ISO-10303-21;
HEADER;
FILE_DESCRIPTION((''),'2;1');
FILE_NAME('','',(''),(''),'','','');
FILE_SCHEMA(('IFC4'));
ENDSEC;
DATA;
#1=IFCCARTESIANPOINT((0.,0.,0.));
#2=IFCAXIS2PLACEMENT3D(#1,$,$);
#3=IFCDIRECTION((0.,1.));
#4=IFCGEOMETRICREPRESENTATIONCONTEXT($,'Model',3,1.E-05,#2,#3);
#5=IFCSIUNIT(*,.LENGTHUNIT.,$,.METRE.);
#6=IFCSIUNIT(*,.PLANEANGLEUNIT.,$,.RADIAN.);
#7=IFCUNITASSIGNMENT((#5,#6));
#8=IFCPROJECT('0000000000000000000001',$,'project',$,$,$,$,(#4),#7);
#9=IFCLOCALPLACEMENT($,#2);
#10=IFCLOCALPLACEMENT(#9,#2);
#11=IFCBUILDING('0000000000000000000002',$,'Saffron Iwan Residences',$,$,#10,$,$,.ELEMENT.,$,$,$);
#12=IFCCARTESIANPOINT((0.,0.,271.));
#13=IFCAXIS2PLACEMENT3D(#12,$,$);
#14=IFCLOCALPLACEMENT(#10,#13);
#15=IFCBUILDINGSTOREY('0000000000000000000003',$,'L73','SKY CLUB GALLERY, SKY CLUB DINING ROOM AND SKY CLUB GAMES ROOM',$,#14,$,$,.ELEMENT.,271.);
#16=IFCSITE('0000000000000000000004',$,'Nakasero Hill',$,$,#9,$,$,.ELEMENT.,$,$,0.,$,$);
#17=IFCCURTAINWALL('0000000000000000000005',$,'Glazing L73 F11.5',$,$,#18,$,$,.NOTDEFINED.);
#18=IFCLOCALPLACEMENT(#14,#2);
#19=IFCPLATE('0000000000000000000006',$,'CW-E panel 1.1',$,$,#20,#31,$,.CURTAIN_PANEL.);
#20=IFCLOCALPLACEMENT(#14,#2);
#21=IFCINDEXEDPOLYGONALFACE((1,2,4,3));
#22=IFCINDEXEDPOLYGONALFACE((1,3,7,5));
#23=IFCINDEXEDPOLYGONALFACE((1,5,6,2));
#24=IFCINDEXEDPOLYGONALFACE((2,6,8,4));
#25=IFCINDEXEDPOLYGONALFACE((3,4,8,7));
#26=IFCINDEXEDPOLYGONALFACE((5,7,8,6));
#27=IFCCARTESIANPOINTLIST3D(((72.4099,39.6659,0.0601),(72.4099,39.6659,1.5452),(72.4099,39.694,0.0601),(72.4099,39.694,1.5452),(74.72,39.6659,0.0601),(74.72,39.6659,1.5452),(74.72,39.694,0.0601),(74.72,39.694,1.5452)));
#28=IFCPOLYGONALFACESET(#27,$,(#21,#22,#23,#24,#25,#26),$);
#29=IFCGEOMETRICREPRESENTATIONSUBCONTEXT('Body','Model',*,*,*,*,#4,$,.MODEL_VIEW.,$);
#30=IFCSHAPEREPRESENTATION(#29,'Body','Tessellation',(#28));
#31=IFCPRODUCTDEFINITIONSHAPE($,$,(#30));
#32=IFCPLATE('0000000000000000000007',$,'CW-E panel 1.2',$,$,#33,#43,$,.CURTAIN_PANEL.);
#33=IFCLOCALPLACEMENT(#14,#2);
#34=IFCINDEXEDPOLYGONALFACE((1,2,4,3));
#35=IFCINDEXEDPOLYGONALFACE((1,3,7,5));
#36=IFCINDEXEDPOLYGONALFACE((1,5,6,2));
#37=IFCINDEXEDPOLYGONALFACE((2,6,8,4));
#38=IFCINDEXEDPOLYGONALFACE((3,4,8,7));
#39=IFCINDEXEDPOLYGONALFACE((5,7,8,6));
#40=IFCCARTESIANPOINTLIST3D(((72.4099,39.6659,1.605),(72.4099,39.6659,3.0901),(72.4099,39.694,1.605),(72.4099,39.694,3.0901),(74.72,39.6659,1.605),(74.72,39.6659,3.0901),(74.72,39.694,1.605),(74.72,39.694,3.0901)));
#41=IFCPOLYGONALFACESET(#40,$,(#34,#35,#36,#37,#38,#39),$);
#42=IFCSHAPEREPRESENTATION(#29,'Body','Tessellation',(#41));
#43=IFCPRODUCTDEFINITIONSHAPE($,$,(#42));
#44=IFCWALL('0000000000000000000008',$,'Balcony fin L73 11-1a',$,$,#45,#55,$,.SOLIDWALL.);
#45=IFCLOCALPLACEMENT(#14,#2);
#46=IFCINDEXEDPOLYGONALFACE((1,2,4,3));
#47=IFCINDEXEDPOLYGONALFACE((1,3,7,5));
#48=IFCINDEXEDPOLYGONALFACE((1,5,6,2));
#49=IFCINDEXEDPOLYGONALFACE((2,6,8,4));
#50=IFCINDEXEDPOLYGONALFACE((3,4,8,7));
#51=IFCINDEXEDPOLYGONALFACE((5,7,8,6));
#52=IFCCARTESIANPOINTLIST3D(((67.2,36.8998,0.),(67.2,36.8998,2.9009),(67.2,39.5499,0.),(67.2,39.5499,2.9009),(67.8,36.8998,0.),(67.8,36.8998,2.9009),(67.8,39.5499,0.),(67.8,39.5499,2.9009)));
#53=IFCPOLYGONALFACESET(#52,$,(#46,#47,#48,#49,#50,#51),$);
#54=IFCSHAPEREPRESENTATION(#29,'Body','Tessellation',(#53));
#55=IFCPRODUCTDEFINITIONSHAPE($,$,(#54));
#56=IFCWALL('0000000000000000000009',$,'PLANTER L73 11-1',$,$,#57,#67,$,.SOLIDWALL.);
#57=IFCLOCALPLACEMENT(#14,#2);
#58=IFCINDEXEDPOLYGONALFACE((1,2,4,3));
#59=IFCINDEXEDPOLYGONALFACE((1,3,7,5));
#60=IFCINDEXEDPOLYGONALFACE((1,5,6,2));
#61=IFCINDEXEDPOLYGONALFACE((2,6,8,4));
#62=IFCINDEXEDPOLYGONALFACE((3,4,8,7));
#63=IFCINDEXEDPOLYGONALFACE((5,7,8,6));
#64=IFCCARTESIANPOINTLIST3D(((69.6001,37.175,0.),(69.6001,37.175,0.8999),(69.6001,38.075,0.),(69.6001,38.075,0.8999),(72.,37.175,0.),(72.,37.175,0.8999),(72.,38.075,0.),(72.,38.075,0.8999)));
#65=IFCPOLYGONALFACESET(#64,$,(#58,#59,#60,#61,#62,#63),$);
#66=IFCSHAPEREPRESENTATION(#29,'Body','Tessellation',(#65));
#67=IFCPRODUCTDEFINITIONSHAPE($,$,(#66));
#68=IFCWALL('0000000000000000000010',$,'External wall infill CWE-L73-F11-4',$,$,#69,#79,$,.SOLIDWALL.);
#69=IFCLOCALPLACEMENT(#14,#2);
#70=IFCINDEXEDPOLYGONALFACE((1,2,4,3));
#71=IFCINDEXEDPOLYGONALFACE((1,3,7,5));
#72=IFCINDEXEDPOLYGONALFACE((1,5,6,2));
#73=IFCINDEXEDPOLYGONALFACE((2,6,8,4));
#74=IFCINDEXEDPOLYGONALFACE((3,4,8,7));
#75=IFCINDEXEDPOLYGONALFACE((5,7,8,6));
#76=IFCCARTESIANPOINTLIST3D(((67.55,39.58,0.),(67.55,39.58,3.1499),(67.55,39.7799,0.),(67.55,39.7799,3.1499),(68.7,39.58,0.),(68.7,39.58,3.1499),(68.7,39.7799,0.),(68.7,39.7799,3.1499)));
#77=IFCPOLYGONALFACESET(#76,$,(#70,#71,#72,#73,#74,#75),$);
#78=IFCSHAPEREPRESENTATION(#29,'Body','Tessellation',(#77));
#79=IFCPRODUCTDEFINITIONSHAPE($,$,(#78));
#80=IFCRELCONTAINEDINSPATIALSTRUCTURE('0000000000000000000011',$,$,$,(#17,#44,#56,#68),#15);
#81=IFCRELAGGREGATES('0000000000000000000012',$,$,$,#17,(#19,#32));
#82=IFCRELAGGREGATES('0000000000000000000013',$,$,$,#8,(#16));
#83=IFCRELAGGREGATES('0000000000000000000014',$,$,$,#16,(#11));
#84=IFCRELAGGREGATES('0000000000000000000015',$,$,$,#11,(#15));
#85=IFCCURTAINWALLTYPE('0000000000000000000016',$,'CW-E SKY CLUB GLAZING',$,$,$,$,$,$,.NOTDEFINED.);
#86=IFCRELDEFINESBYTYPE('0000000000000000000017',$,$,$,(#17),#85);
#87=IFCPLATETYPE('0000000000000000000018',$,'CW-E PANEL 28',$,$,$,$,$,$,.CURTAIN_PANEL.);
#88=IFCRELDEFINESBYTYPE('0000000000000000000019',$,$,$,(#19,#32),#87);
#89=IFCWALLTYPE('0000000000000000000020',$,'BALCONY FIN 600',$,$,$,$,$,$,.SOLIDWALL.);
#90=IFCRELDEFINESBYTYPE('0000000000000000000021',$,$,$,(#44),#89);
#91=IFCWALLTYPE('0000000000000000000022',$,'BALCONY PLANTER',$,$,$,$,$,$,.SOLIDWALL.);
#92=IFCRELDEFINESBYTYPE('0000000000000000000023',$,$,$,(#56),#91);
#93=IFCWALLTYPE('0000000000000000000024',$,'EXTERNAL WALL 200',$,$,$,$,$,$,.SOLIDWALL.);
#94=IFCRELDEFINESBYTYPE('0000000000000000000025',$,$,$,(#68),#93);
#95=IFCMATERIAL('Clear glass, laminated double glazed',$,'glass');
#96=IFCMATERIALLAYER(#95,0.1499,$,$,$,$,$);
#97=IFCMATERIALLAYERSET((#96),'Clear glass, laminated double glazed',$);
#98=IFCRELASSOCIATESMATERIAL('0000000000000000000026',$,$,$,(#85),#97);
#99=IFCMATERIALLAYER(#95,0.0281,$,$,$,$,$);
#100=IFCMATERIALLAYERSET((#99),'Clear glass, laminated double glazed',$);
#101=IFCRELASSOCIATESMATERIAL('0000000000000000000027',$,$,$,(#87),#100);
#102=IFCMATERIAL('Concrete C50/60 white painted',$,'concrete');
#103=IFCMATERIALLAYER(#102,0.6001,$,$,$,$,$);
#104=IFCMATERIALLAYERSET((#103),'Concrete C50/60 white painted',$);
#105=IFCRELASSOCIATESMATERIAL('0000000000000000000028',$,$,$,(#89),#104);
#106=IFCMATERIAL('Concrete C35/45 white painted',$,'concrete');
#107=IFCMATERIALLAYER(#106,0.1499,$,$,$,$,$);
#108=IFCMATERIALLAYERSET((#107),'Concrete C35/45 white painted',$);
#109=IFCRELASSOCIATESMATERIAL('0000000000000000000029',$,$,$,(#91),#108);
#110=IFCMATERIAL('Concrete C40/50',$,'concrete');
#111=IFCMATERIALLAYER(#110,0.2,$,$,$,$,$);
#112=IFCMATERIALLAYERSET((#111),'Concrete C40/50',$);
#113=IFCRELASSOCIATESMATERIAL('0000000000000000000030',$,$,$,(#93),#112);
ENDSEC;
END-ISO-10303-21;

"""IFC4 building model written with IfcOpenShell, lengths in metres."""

from ifc_helpers import new_model, si_unit, direction, frame, frame_2d, origin, origin_2d, place, context, subcontext, project, spatial, rectangle, extrude, source, transform, mapped, material, layer, layer_set, type_object, element, aggregate, save


model = new_model("IFC4")

# Units and contexts
model_context = context("Model", 3, precision=1e-05, world=origin(), true_north=direction((0.0, 1.0)))
body_context = subcontext(model_context, "Body", "Model", "MODEL_VIEW")
ifc_project = project(units=[si_unit("LENGTHUNIT", "METRE"), si_unit("PLANEANGLEUNIT", "RADIAN")], contexts=[model_context])

# Site, building, storey
site_placement = place(None, origin())
site = spatial("IfcSite", under=ifc_project, at=site_placement, Name="Nakasero Hill", CompositionType="ELEMENT", RefElevation=0.0)
building_placement = place(site_placement, origin())
building = spatial("IfcBuilding", under=site, at=building_placement, Name="Saffron Iwan Residences", CompositionType="ELEMENT")
storey_placement = place(building_placement, frame((0.0, 0.0, 271.0)))
storey = spatial("IfcBuildingStorey", under=building, at=storey_placement, Name="L73", Description="SKY CLUB GALLERY, SKY CLUB DINING ROOM AND SKY CLUB GAMES ROOM", CompositionType="ELEMENT", Elevation=271.0)

# Shared definitions
ifc_material_1 = material(Name="Concrete C40/50", Category="concrete")

# Shared definitions
ifc_material_2 = material(Name="Concrete C50/60 white painted", Category="concrete")

# Shared definitions
ifc_material_3 = material(Name="Clear glass, laminated double glazed", Category="glass")
ifc_layer_1 = layer(ifc_material_3, 0.1499)
ifc_layer_set_1 = layer_set([ifc_layer_1], Name="Clear glass, laminated double glazed")
curtain_wall_type = type_object("IfcCurtainWallType", Name="CW-E SKY CLUB GLAZING", PredefinedType="NOTDEFINED", material=ifc_layer_set_1)

# Curtain wall
curtain_wall_1_placement = place(storey_placement, origin())
curtain_wall_1 = element("IfcCurtainWall", 1, at=curtain_wall_1_placement, inside=storey, type_object=curtain_wall_type, Name="Glazing L73 F11.5", PredefinedType="NOTDEFINED")

# Plates
ifc_layer_2 = layer(ifc_material_3, 0.0281)
ifc_layer_set_2 = layer_set([ifc_layer_2], Name="Clear glass, laminated double glazed")
plate_type = type_object("IfcPlateType", Name="CW-E PANEL 28", PredefinedType="CURTAIN_PANEL", material=ifc_layer_set_2)
shared_shape_1 = source(origin(), body_context, "Body", "SweptSolid", [
    extrude(rectangle(XDim=2.3101, YDim=0.0281, at=origin_2d()), origin(), (0.0, 0.0, 1.0), 1.4851),
])
plate_1_placement = place(storey_placement, frame((73.5649, 39.6799, 0.0601), z_axis=(0.0, 0.0, 1.0), x_axis=(1.0, 0.0, 0.0)))
plate_1 = element("IfcPlate", 2, at=plate_1_placement, type_object=plate_type, Name="CW-E panel 1.1", PredefinedType="CURTAIN_PANEL", context=body_context, shape_type="MappedRepresentation", body=[
    mapped(shared_shape_1, transform((0.0, 0.0, 0.0))),
])
plate_2_placement = place(storey_placement, frame((73.5649, 39.6799, 1.605), z_axis=(0.0, 0.0, 1.0), x_axis=(1.0, 0.0, 0.0)))
plate_2 = element("IfcPlate", 3, at=plate_2_placement, type_object=plate_type, Name="CW-E panel 1.2", PredefinedType="CURTAIN_PANEL", context=body_context, shape_type="MappedRepresentation", body=[
    mapped(shared_shape_1, transform((0.0, 0.0, 0.0))),
])
aggregate(curtain_wall_1, [plate_1, plate_2])

# Walls
ifc_layer_3 = layer(ifc_material_2, 0.6001)
ifc_layer_set_3 = layer_set([ifc_layer_3], Name="Concrete C50/60 white painted")
wall_type_1 = type_object("IfcWallType", Name="BALCONY FIN 600", PredefinedType="SOLIDWALL", material=ifc_layer_set_3)
wall_1_placement = place(storey_placement, frame((67.5, 39.55, 0.0), z_axis=(0.0, 0.0, 1.0), x_axis=(0.0, -1.0, 0.0)))
element("IfcWall", 4, at=wall_1_placement, inside=storey, type_object=wall_type_1, Name="Balcony fin L73 11-1a", PredefinedType="SOLIDWALL", context=body_context, shape_type="SweptSolid", body=[
    extrude(rectangle(XDim=2.6501, YDim=0.6001, at=frame_2d((1.3252, 0.0))), origin(), (0.0, 0.0, 1.0), 2.9009),
])
ifc_material_4 = material(Name="Concrete C35/45 white painted", Category="concrete")
ifc_layer_4 = layer(ifc_material_4, 0.1499)
ifc_layer_set_4 = layer_set([ifc_layer_4], Name="Concrete C35/45 white painted")
wall_type_2 = type_object("IfcWallType", Name="BALCONY PLANTER", PredefinedType="SOLIDWALL", material=ifc_layer_set_4)
wall_2_placement = place(storey_placement, frame((69.6001, 37.625, 0.0), z_axis=(0.0, 0.0, 1.0), x_axis=(1.0, 0.0, 0.0)))
element("IfcWall", 5, at=wall_2_placement, inside=storey, type_object=wall_type_2, Name="PLANTER L73 11-1", PredefinedType="SOLIDWALL", context=body_context, shape_type="SweptSolid", body=[
    extrude(rectangle(XDim=2.3999, YDim=0.8999, at=frame_2d((1.2, 0.0))), origin(), (0.0, 0.0, 1.0), 0.8999),
])

# Shared definitions
ifc_layer_5 = layer(ifc_material_1, 0.2)
ifc_layer_set_5 = layer_set([ifc_layer_5], Name="Concrete C40/50")
wall_type_3 = type_object("IfcWallType", Name="EXTERNAL WALL 200", PredefinedType="SOLIDWALL", material=ifc_layer_set_5)

# Wall
wall_3_placement = place(storey_placement, frame((67.55, 39.6799, 0.0), z_axis=(0.0, 0.0, 1.0), x_axis=(1.0, 0.0, 0.0)))
element("IfcWall", 6, at=wall_3_placement, inside=storey, type_object=wall_type_3, Name="External wall infill CWE-L73-F11-4", PredefinedType="SOLIDWALL", context=body_context, shape_type="SweptSolid", body=[
    extrude(rectangle(XDim=1.1499, YDim=0.2, at=frame_2d((0.575, 0.0))), origin(), (0.0, 0.0, 1.0), 3.1499),
])

save(model, "model.ifc")
